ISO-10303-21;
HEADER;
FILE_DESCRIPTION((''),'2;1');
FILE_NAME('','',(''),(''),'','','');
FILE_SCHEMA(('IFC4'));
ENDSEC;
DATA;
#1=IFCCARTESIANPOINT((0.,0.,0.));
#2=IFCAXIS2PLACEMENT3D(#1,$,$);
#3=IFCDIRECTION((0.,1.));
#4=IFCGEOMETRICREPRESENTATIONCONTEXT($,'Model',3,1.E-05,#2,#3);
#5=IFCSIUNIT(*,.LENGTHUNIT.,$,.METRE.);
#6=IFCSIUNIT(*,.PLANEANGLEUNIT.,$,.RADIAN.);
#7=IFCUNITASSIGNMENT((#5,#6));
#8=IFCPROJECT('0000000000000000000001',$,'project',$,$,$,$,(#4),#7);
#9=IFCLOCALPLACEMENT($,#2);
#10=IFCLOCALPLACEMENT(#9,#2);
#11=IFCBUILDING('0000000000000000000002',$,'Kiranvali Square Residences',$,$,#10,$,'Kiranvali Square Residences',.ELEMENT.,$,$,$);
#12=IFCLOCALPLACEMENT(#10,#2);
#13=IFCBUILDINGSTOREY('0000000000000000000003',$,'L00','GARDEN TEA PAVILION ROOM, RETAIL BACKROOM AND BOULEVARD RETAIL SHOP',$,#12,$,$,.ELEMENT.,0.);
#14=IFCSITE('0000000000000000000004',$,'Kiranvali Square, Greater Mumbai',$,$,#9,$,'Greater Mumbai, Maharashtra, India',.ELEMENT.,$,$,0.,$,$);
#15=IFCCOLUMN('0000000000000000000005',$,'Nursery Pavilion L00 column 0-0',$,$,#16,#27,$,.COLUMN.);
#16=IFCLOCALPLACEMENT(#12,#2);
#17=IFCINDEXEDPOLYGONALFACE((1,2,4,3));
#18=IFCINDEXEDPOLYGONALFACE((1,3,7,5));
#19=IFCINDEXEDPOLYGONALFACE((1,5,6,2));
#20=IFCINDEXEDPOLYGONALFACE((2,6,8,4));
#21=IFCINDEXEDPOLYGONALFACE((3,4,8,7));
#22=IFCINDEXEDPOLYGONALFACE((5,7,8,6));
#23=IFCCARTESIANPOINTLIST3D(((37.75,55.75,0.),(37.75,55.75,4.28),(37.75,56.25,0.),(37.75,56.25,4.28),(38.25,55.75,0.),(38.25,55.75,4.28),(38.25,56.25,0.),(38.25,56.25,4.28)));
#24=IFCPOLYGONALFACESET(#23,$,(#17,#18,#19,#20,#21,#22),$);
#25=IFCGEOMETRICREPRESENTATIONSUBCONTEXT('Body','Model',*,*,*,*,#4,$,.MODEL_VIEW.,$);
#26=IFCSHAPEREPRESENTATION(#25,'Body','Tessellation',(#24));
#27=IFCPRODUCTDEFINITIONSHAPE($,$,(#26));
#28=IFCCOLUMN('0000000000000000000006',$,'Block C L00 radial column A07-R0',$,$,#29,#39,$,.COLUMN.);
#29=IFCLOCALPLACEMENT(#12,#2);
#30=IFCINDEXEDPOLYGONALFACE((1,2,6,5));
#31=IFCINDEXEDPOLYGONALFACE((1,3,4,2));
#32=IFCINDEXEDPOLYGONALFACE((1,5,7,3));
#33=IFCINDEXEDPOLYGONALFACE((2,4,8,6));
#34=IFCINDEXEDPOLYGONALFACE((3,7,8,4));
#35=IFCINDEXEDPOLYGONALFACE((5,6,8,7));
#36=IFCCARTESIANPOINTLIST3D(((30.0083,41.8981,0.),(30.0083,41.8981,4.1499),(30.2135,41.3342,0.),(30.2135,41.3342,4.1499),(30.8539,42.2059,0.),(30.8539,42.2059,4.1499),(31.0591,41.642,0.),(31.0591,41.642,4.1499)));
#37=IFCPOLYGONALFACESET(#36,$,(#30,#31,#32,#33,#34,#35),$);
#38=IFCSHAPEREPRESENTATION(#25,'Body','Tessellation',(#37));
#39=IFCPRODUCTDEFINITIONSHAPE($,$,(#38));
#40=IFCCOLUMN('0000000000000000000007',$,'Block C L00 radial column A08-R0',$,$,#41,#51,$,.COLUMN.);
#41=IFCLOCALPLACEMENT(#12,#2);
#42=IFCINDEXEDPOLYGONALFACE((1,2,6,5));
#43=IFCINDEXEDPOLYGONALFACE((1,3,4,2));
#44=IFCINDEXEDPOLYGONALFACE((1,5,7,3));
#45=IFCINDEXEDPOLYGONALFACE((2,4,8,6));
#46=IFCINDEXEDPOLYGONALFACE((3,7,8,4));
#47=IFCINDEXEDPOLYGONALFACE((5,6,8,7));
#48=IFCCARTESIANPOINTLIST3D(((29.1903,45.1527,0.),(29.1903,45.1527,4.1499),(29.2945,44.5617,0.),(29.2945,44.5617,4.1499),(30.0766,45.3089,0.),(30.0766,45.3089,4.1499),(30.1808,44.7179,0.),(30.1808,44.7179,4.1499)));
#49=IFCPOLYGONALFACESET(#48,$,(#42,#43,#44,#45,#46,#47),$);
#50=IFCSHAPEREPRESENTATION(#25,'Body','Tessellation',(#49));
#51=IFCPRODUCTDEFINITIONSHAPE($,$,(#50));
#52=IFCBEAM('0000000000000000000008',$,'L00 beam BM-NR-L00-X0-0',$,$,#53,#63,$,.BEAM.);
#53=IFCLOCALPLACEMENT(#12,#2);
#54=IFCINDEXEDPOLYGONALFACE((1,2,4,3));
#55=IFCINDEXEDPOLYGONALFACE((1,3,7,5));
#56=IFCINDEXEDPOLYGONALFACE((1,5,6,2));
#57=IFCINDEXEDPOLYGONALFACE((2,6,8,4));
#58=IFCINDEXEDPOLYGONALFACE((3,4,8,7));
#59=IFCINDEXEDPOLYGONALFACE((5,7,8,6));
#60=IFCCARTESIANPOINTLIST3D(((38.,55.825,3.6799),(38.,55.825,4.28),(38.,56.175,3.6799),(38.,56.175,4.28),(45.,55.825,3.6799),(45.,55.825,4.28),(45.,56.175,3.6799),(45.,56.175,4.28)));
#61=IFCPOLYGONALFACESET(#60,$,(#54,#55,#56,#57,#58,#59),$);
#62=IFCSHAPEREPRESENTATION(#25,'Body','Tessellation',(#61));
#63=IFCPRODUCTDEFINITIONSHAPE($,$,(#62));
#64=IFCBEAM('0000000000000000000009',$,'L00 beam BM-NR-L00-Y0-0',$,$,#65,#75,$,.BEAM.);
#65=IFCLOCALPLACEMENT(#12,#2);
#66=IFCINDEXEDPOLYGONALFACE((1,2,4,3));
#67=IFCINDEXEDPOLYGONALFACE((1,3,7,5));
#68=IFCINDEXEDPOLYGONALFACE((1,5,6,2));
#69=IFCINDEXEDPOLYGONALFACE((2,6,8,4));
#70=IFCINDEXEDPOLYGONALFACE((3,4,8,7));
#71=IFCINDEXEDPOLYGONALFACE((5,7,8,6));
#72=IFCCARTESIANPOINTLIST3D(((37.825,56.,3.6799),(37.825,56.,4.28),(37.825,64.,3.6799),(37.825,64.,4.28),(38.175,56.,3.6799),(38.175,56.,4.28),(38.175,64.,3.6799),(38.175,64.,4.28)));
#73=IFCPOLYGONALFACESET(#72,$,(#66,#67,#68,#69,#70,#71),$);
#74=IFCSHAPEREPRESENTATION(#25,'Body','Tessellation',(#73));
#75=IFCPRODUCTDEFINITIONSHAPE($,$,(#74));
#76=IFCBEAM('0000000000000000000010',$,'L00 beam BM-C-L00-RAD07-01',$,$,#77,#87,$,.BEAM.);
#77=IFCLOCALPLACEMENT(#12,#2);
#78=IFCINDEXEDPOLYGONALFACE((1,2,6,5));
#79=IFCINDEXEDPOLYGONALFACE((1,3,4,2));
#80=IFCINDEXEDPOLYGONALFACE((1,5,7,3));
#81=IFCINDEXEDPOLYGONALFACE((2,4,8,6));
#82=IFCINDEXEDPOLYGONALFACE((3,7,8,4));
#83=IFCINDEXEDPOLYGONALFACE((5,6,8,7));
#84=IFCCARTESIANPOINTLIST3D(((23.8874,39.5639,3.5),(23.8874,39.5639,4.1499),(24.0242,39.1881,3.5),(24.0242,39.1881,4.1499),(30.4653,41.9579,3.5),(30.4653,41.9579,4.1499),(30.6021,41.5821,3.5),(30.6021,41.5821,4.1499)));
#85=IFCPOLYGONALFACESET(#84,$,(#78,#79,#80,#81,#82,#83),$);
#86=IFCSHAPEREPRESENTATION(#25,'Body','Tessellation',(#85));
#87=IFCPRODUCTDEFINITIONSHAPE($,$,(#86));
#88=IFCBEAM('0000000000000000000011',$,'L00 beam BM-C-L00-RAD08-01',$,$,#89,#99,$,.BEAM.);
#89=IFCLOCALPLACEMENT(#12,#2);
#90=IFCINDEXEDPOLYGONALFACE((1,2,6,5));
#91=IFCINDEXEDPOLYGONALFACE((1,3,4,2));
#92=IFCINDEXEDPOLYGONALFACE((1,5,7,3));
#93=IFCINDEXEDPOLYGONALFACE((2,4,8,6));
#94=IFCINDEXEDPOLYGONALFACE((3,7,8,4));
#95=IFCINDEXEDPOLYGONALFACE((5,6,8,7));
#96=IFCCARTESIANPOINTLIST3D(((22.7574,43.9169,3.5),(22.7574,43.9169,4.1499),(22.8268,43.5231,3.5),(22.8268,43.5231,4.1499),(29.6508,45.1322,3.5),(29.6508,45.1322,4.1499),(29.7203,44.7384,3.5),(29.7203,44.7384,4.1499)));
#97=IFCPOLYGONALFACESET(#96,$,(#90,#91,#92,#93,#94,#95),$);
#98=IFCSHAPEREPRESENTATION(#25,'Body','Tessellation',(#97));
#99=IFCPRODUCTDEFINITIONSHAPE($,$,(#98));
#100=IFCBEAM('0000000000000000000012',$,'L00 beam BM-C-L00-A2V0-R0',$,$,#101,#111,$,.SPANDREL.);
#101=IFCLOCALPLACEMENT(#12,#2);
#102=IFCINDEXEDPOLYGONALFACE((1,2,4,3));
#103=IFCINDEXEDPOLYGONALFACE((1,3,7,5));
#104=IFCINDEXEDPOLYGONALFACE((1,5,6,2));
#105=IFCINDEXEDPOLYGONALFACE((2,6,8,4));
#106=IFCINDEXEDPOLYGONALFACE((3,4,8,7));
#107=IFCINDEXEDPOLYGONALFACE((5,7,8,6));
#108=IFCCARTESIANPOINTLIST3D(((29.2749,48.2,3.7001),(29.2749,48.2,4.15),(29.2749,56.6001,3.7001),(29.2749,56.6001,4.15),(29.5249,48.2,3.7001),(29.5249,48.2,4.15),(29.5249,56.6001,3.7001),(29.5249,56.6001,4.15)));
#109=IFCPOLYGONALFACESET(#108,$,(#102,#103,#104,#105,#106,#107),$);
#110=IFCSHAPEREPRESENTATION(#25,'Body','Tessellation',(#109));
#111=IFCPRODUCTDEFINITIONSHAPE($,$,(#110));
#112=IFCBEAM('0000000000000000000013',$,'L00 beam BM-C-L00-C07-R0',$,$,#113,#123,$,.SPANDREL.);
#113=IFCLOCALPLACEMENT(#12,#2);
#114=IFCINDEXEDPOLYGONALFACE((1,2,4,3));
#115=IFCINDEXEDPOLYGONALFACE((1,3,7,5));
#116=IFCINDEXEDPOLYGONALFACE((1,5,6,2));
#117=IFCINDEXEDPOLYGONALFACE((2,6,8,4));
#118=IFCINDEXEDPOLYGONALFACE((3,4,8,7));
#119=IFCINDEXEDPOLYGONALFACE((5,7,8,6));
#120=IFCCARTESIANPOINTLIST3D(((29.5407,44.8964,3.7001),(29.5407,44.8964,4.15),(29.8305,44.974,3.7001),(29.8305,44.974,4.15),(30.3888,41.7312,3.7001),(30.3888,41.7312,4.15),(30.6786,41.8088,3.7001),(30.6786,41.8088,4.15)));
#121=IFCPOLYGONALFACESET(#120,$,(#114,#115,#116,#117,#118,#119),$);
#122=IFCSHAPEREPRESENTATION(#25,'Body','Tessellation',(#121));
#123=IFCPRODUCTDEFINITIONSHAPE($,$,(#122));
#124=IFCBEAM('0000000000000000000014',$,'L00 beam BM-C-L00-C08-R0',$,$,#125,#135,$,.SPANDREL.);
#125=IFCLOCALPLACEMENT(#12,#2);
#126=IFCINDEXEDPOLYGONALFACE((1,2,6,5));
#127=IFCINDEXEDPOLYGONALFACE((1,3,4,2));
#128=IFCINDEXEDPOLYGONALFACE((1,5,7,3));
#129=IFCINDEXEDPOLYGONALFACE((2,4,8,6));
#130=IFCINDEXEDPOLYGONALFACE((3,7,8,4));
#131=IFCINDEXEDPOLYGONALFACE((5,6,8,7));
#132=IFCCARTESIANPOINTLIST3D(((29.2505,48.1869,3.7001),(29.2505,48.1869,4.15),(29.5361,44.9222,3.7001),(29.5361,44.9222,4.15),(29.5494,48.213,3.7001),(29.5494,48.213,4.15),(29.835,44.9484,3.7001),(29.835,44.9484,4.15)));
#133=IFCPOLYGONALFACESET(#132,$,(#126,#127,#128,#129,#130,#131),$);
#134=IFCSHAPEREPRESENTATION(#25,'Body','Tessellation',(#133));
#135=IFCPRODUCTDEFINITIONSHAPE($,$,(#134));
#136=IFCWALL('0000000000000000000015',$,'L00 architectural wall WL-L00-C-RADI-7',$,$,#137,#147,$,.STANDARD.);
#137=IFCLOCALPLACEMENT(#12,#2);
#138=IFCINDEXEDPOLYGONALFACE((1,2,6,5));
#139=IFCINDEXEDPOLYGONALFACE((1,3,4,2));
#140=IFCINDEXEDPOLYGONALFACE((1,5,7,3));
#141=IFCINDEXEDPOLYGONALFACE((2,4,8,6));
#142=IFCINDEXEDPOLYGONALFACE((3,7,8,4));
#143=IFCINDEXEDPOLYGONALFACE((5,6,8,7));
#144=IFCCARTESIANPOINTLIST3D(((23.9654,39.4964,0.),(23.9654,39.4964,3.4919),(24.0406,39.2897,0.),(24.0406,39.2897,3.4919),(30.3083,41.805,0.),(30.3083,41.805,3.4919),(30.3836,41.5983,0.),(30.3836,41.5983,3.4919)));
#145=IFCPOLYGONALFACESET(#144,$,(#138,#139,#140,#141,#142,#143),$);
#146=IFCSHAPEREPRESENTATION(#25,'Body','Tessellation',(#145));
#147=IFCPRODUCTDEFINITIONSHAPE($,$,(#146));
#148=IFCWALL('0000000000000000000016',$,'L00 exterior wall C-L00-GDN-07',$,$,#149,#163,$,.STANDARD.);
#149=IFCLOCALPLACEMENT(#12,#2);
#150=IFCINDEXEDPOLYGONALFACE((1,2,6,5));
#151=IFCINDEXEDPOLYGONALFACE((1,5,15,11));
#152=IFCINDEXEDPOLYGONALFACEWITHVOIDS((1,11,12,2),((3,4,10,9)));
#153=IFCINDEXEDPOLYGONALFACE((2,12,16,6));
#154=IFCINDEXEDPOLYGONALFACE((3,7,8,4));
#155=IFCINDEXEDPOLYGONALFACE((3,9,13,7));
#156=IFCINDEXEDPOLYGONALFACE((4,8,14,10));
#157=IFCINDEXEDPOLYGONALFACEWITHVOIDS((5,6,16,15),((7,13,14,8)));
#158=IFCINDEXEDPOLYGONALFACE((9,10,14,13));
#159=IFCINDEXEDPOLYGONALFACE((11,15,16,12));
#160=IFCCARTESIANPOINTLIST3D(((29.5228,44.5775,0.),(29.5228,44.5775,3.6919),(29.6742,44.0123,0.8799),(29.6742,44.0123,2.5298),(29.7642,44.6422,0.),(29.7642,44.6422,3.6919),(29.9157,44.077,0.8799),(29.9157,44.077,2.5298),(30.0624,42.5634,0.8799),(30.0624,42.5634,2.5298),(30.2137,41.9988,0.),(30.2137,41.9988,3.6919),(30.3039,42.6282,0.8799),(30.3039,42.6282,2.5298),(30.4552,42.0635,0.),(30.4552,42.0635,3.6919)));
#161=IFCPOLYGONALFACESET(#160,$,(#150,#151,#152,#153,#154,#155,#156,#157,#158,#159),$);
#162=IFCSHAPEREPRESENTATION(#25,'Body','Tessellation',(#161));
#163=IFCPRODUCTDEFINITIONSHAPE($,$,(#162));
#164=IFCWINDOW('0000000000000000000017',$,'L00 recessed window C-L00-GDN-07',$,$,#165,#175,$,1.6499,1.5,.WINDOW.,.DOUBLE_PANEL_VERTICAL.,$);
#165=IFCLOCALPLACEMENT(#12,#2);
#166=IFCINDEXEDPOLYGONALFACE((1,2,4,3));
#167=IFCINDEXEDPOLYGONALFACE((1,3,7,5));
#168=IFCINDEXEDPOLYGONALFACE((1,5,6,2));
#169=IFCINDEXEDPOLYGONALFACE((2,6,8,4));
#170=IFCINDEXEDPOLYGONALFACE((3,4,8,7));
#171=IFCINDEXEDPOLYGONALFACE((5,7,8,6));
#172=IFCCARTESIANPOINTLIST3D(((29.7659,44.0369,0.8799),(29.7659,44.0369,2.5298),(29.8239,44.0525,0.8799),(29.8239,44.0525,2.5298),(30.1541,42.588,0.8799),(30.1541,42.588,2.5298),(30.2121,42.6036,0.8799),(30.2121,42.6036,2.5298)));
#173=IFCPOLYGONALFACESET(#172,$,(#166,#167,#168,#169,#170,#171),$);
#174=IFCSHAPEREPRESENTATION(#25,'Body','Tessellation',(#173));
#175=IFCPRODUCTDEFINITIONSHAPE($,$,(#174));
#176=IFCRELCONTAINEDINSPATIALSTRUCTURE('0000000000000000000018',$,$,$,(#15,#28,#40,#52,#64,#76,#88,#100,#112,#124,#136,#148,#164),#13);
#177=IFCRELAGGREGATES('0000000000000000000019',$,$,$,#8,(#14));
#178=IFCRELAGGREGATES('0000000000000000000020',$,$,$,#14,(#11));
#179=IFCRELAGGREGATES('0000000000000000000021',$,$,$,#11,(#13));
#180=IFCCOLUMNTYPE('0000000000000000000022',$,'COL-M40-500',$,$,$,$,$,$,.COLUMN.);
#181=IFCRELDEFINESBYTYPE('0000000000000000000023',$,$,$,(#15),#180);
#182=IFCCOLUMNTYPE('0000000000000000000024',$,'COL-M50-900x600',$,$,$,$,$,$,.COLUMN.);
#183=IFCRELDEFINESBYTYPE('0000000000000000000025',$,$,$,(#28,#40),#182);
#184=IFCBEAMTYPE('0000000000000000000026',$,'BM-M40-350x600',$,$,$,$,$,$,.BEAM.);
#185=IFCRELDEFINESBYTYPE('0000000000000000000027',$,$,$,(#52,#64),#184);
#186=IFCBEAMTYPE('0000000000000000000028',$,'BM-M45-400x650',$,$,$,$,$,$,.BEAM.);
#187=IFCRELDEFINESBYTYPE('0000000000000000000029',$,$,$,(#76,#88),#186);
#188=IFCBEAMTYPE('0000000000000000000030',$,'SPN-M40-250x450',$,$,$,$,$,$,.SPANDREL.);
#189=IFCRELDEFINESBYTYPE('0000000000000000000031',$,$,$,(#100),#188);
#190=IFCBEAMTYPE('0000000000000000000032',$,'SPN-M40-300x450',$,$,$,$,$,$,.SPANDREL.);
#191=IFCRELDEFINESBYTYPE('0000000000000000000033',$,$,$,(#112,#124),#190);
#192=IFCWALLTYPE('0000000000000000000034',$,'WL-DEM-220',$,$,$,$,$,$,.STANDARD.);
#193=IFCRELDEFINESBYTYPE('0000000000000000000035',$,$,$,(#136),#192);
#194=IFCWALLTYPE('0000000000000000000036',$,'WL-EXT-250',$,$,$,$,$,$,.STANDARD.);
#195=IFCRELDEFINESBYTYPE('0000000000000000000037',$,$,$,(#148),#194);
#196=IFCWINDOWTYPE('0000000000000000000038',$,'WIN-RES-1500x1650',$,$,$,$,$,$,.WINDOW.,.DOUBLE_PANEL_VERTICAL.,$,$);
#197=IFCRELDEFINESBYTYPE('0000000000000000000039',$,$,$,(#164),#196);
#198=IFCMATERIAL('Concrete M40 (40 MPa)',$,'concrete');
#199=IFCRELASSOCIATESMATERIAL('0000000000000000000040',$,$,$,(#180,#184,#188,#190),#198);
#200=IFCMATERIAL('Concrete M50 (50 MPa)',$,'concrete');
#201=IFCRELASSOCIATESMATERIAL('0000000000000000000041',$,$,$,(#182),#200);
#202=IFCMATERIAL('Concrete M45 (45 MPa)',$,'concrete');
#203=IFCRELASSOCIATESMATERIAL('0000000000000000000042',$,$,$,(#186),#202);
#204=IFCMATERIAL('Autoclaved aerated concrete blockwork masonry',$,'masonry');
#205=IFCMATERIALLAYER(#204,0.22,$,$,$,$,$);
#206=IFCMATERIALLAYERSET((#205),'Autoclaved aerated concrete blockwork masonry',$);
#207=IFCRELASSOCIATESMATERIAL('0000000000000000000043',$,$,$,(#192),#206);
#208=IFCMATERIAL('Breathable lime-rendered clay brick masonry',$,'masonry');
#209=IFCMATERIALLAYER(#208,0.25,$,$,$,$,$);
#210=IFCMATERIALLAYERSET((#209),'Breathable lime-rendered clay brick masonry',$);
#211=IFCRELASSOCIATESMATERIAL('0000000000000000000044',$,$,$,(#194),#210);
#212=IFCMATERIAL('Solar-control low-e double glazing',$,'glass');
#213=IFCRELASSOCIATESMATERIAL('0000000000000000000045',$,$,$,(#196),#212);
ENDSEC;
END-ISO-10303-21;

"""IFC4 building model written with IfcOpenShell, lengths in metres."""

from ifc_helpers import new_model, si_unit, direction, frame, frame_2d, origin, origin_2d, place, context, subcontext, project, spatial, rectangle, extrude, material, layer, layer_set, material_profile, profile_set, type_object, element, fill, save


model = new_model("IFC4")

# Units and contexts
model_context = context("Model", 3, precision=1e-05, world=origin(), true_north=direction((0.0, 1.0)))
body_context = subcontext(model_context, "Body", "Model", "MODEL_VIEW")
ifc_project = project(units=[si_unit("LENGTHUNIT", "METRE"), si_unit("PLANEANGLEUNIT", "RADIAN")], contexts=[model_context])

# Site, building, storey
site_placement = place(None, origin())
site = spatial("IfcSite", under=ifc_project, at=site_placement, Name="Kiranvali Square, Greater Mumbai", LongName="Greater Mumbai, Maharashtra, India", CompositionType="ELEMENT", RefElevation=0.0)
building_placement = place(site_placement, origin())
building = spatial("IfcBuilding", under=site, at=building_placement, Name="Kiranvali Square Residences", LongName="Kiranvali Square Residences", CompositionType="ELEMENT")
storey_placement = place(building_placement, origin())
storey = spatial("IfcBuildingStorey", under=building, at=storey_placement, Name="L00", Description="GARDEN TEA PAVILION ROOM, RETAIL BACKROOM AND BOULEVARD RETAIL SHOP", CompositionType="ELEMENT", Elevation=0.0)

# Columns
ifc_material_1 = material(Name="Concrete M40 (40 MPa)", Category="concrete")
ifc_material_profile_1 = material_profile(ifc_material_1, rectangle(XDim=0.5, YDim=0.5, at=origin_2d()), Name="RC 500x500")
ifc_profile_set_1 = profile_set([ifc_material_profile_1], Name="Concrete M40 (40 MPa)")
column_type_1 = type_object("IfcColumnType", Name="COL-M40-500", PredefinedType="COLUMN", material=ifc_profile_set_1)
column_placement = place(storey_placement, frame((38.0, 56.0, 0.0), z_axis=(0.0, 0.0, 1.0), x_axis=(1.0, 0.0, 0.0)))
element("IfcColumn", 1, at=column_placement, inside=storey, type_object=column_type_1, Name="Nursery Pavilion L00 column 0-0", PredefinedType="COLUMN", context=body_context, shape_type="SweptSolid", body=[
    extrude(rectangle(XDim=0.5, YDim=0.5, at=origin_2d()), origin(), (0.0, 0.0, 1.0), 4.28),
])
ifc_material_2 = material(Name="Concrete M50 (50 MPa)", Category="concrete")
ifc_material_profile_2 = material_profile(ifc_material_2, rectangle(XDim=0.6001, YDim=0.8999, at=origin_2d()), Name="RC 900x600")
ifc_profile_set_2 = profile_set([ifc_material_profile_2], Name="Concrete M50 (50 MPa)")
column_type_2 = type_object("IfcColumnType", Name="COL-M50-900x600", PredefinedType="COLUMN", material=ifc_profile_set_2)
for number, where, z_axis, x_axis, name in (
    (2, (30.5337, 41.77, 0.0), (0.0, 0.0, 1.0), (-0.34202, 0.939693, 0.0), "Block C L00 radial column A07-R0"),
    (3, (29.6855, 44.9353, 0.0), (0.0, 0.0, 1.0), (-0.173648, 0.984808, 0.0), "Block C L00 radial column A08-R0"),
):
    element("IfcColumn", number, at=place(storey_placement, frame(where, z_axis=z_axis, x_axis=x_axis)), inside=storey, type_object=column_type_2, Name=name, PredefinedType="COLUMN", context=body_context, shape_type="SweptSolid", body=[
        extrude(rectangle(XDim=0.6001, YDim=0.8999, at=origin_2d()), origin(), (0.0, 0.0, 1.0), 4.1499),
    ])

# Beams
ifc_material_profile_3 = material_profile(ifc_material_1, rectangle(XDim=0.3501, YDim=0.6001, at=origin_2d()), Name="RC 350x600")
ifc_profile_set_3 = profile_set([ifc_material_profile_3], Name="Concrete M40 (40 MPa)")
beam_type_1 = type_object("IfcBeamType", Name="BM-M40-350x600", PredefinedType="BEAM", material=ifc_profile_set_3)
beam_1_placement = place(storey_placement, frame((38.0, 56.0, 3.98), z_axis=(1.0, 0.0, 0.0), x_axis=(0.0, 1.0, 0.0)))
element("IfcBeam", 4, at=beam_1_placement, inside=storey, type_object=beam_type_1, Name="L00 beam BM-NR-L00-X0-0", PredefinedType="BEAM", context=body_context, shape_type="SweptSolid", body=[
    extrude(rectangle(XDim=0.3501, YDim=0.6001, at=origin_2d()), origin(), (0.0, 0.0, 1.0), 7.0),
])
beam_2_placement = place(storey_placement, frame((38.0, 56.0, 3.98), z_axis=(0.0, 1.0, 0.0), x_axis=(-1.0, 0.0, 0.0)))
element("IfcBeam", 5, at=beam_2_placement, inside=storey, type_object=beam_type_1, Name="L00 beam BM-NR-L00-Y0-0", PredefinedType="BEAM", context=body_context, shape_type="SweptSolid", body=[
    extrude(rectangle(XDim=0.3501, YDim=0.6001, at=origin_2d()), origin(), (0.0, 0.0, 1.0), 8.0),
])
ifc_material_3 = material(Name="Concrete M45 (45 MPa)", Category="concrete")
ifc_material_profile_4 = material_profile(ifc_material_3, rectangle(XDim=0.3999, YDim=0.6499, at=origin_2d()), Name="RC 400x650")
ifc_profile_set_4 = profile_set([ifc_material_profile_4], Name="Concrete M45 (45 MPa)")
beam_type_2 = type_object("IfcBeamType", Name="BM-M45-400x650", PredefinedType="BEAM", material=ifc_profile_set_4)
beam_3_placement = place(storey_placement, frame((30.5337, 41.77, 3.825), z_axis=(-0.939698, -0.342006, 0.0), x_axis=(0.342006, -0.939698, 0.0)))
element("IfcBeam", 6, at=beam_3_placement, inside=storey, type_object=beam_type_2, Name="L00 beam BM-C-L00-RAD07-01", PredefinedType="BEAM", context=body_context, shape_type="SweptSolid", body=[
    extrude(rectangle(XDim=0.3999, YDim=0.6499, at=origin_2d()), origin(), (0.0, 0.0, 1.0), 7.0),
])
beam_4_placement = place(storey_placement, frame((29.6855, 44.9353, 3.825), z_axis=(-0.984812, -0.173622, 0.0), x_axis=(0.173622, -0.984812, 0.0)))
element("IfcBeam", 7, at=beam_4_placement, inside=storey, type_object=beam_type_2, Name="L00 beam BM-C-L00-RAD08-01", PredefinedType="BEAM", context=body_context, shape_type="SweptSolid", body=[
    extrude(rectangle(XDim=0.3999, YDim=0.6499, at=origin_2d()), origin(), (0.0, 0.0, 1.0), 6.9998),
])
ifc_material_profile_5 = material_profile(ifc_material_1, rectangle(XDim=0.25, YDim=0.45, at=origin_2d()), Name="RC 250x450")
ifc_profile_set_5 = profile_set([ifc_material_profile_5], Name="Concrete M40 (40 MPa)")
beam_type_3 = type_object("IfcBeamType", Name="SPN-M40-250x450", PredefinedType="SPANDREL", material=ifc_profile_set_5)
beam_5_placement = place(storey_placement, frame((29.3999, 48.2, 3.925), z_axis=(0.0, 1.0, 0.0), x_axis=(-1.0, 0.0, 0.0)))
element("IfcBeam", 8, at=beam_5_placement, inside=storey, type_object=beam_type_3, Name="L00 beam BM-C-L00-A2V0-R0", PredefinedType="SPANDREL", context=body_context, shape_type="SweptSolid", body=[
    extrude(rectangle(XDim=0.25, YDim=0.45, at=origin_2d()), origin(), (0.0, 0.0, 1.0), 8.4001),
])
ifc_material_profile_6 = material_profile(ifc_material_1, rectangle(XDim=0.3, YDim=0.45, at=origin_2d()), Name="RC 300x450")
ifc_profile_set_6 = profile_set([ifc_material_profile_6], Name="Concrete M40 (40 MPa)")
beam_type_4 = type_object("IfcBeamType", Name="SPN-M40-300x450", PredefinedType="SPANDREL", material=ifc_profile_set_6)
beam_6_placement = place(storey_placement, frame((30.5337, 41.77, 3.925), z_axis=(-0.258822, 0.965925, 0.0), x_axis=(-0.965925, -0.258822, 0.0)))
element("IfcBeam", 9, at=beam_6_placement, inside=storey, type_object=beam_type_4, Name="L00 beam BM-C-L00-C07-R0", PredefinedType="SPANDREL", context=body_context, shape_type="SweptSolid", body=[
    extrude(rectangle(XDim=0.3, YDim=0.45, at=origin_2d()), origin(), (0.0, 0.0, 1.0), 3.2769),
])
beam_7_placement = place(storey_placement, frame((29.6855, 44.9353, 3.925), z_axis=(-0.087163, 0.996194, 0.0), x_axis=(-0.996194, -0.087163, 0.0)))
element("IfcBeam", 10, at=beam_7_placement, inside=storey, type_object=beam_type_4, Name="L00 beam BM-C-L00-C08-R0", PredefinedType="SPANDREL", context=body_context, shape_type="SweptSolid", body=[
    extrude(rectangle(XDim=0.3, YDim=0.45, at=origin_2d()), origin(), (0.0, 0.0, 1.0), 3.2771),
])

# Wall
ifc_material_4 = material(Name="Autoclaved aerated concrete blockwork masonry", Category="masonry")
ifc_layer_1 = layer(ifc_material_4, 0.22)
ifc_layer_set_1 = layer_set([ifc_layer_1], Name="Autoclaved aerated concrete blockwork masonry")
wall_type_1 = type_object("IfcWallType", Name="WL-DEM-220", PredefinedType="STANDARD", material=ifc_layer_set_1)
wall_1_placement = place(storey_placement, frame((30.3459, 41.7017, 0.0), z_axis=(0.0, 0.0, 1.0), x_axis=(-0.939696, -0.34201, 0.0)))
element("IfcWall", 11, at=wall_1_placement, inside=storey, type_object=wall_type_1, Name="L00 architectural wall WL-L00-C-RADI-7", PredefinedType="STANDARD", context=body_context, shape_type="SweptSolid", body=[
    extrude(rectangle(XDim=6.75, YDim=0.22, at=frame_2d((3.375, 0.0))), origin(), (0.0, 0.0, 1.0), 3.4919),
])

# Wall, opening, window
ifc_material_5 = material(Name="Breathable lime-rendered clay brick masonry", Category="masonry")
ifc_layer_2 = layer(ifc_material_5, 0.25)
ifc_layer_set_2 = layer_set([ifc_layer_2], Name="Breathable lime-rendered clay brick masonry")
wall_type_2 = type_object("IfcWallType", Name="WL-EXT-250", PredefinedType="STANDARD", material=ifc_layer_set_2)
wall_2_placement = place(storey_placement, frame((30.3345, 42.031, 0.0), z_axis=(0.0, 0.0, 1.0), x_axis=(-0.258812, 0.965928, 0.0)))
wall_2 = element("IfcWall", 12, at=wall_2_placement, inside=storey, type_object=wall_type_2, Name="L00 exterior wall C-L00-GDN-07", PredefinedType="STANDARD", context=body_context, shape_type="SweptSolid", body=[
    extrude(rectangle(XDim=2.6697, YDim=0.25, at=frame_2d((1.335, 0.0))), origin(), (0.0, 0.0, 1.0), 3.6919),
])
opening_1_placement = place(wall_2_placement, frame((0.5847, 0.0, 0.8799)))
opening_1 = element("IfcOpeningElement", 13, at=opening_1_placement, cuts=wall_2, PredefinedType="OPENING", context=body_context, shape_type="SweptSolid", body=[
    extrude(rectangle(XDim=1.5, YDim=1.6499, at=frame_2d((0.75, 0.825))), frame((0.0, 0.135, 0.0), z_axis=(0.0, -1.0, 0.0), x_axis=(1.0, 0.0, 0.0)), (0.0, 0.0, 1.0), 0.27),
])
ifc_material_6 = material(Name="Solar-control low-e double glazing", Category="glass")
window_type_1 = type_object("IfcWindowType", Name="WIN-RES-1500x1650", PartitioningType="DOUBLE_PANEL_VERTICAL", PredefinedType="WINDOW", material=ifc_material_6)
window_1_placement = place(opening_1_placement, origin())
window_1 = element("IfcWindow", 14, at=window_1_placement, inside=storey, type_object=window_type_1, Name="L00 recessed window C-L00-GDN-07", OverallHeight=1.6499, OverallWidth=1.5, PartitioningType="DOUBLE_PANEL_VERTICAL", PredefinedType="WINDOW", context=body_context, shape_type="SweptSolid", body=[
    extrude(rectangle(XDim=1.5, YDim=1.6499, at=frame_2d((0.75, 0.825))), frame((0.0, 0.03, 0.0), z_axis=(0.0, -1.0, 0.0), x_axis=(1.0, 0.0, 0.0)), (0.0, 0.0, 1.0), 0.0601),
])
fill(opening_1, window_1)

save(model, "model.ifc")
